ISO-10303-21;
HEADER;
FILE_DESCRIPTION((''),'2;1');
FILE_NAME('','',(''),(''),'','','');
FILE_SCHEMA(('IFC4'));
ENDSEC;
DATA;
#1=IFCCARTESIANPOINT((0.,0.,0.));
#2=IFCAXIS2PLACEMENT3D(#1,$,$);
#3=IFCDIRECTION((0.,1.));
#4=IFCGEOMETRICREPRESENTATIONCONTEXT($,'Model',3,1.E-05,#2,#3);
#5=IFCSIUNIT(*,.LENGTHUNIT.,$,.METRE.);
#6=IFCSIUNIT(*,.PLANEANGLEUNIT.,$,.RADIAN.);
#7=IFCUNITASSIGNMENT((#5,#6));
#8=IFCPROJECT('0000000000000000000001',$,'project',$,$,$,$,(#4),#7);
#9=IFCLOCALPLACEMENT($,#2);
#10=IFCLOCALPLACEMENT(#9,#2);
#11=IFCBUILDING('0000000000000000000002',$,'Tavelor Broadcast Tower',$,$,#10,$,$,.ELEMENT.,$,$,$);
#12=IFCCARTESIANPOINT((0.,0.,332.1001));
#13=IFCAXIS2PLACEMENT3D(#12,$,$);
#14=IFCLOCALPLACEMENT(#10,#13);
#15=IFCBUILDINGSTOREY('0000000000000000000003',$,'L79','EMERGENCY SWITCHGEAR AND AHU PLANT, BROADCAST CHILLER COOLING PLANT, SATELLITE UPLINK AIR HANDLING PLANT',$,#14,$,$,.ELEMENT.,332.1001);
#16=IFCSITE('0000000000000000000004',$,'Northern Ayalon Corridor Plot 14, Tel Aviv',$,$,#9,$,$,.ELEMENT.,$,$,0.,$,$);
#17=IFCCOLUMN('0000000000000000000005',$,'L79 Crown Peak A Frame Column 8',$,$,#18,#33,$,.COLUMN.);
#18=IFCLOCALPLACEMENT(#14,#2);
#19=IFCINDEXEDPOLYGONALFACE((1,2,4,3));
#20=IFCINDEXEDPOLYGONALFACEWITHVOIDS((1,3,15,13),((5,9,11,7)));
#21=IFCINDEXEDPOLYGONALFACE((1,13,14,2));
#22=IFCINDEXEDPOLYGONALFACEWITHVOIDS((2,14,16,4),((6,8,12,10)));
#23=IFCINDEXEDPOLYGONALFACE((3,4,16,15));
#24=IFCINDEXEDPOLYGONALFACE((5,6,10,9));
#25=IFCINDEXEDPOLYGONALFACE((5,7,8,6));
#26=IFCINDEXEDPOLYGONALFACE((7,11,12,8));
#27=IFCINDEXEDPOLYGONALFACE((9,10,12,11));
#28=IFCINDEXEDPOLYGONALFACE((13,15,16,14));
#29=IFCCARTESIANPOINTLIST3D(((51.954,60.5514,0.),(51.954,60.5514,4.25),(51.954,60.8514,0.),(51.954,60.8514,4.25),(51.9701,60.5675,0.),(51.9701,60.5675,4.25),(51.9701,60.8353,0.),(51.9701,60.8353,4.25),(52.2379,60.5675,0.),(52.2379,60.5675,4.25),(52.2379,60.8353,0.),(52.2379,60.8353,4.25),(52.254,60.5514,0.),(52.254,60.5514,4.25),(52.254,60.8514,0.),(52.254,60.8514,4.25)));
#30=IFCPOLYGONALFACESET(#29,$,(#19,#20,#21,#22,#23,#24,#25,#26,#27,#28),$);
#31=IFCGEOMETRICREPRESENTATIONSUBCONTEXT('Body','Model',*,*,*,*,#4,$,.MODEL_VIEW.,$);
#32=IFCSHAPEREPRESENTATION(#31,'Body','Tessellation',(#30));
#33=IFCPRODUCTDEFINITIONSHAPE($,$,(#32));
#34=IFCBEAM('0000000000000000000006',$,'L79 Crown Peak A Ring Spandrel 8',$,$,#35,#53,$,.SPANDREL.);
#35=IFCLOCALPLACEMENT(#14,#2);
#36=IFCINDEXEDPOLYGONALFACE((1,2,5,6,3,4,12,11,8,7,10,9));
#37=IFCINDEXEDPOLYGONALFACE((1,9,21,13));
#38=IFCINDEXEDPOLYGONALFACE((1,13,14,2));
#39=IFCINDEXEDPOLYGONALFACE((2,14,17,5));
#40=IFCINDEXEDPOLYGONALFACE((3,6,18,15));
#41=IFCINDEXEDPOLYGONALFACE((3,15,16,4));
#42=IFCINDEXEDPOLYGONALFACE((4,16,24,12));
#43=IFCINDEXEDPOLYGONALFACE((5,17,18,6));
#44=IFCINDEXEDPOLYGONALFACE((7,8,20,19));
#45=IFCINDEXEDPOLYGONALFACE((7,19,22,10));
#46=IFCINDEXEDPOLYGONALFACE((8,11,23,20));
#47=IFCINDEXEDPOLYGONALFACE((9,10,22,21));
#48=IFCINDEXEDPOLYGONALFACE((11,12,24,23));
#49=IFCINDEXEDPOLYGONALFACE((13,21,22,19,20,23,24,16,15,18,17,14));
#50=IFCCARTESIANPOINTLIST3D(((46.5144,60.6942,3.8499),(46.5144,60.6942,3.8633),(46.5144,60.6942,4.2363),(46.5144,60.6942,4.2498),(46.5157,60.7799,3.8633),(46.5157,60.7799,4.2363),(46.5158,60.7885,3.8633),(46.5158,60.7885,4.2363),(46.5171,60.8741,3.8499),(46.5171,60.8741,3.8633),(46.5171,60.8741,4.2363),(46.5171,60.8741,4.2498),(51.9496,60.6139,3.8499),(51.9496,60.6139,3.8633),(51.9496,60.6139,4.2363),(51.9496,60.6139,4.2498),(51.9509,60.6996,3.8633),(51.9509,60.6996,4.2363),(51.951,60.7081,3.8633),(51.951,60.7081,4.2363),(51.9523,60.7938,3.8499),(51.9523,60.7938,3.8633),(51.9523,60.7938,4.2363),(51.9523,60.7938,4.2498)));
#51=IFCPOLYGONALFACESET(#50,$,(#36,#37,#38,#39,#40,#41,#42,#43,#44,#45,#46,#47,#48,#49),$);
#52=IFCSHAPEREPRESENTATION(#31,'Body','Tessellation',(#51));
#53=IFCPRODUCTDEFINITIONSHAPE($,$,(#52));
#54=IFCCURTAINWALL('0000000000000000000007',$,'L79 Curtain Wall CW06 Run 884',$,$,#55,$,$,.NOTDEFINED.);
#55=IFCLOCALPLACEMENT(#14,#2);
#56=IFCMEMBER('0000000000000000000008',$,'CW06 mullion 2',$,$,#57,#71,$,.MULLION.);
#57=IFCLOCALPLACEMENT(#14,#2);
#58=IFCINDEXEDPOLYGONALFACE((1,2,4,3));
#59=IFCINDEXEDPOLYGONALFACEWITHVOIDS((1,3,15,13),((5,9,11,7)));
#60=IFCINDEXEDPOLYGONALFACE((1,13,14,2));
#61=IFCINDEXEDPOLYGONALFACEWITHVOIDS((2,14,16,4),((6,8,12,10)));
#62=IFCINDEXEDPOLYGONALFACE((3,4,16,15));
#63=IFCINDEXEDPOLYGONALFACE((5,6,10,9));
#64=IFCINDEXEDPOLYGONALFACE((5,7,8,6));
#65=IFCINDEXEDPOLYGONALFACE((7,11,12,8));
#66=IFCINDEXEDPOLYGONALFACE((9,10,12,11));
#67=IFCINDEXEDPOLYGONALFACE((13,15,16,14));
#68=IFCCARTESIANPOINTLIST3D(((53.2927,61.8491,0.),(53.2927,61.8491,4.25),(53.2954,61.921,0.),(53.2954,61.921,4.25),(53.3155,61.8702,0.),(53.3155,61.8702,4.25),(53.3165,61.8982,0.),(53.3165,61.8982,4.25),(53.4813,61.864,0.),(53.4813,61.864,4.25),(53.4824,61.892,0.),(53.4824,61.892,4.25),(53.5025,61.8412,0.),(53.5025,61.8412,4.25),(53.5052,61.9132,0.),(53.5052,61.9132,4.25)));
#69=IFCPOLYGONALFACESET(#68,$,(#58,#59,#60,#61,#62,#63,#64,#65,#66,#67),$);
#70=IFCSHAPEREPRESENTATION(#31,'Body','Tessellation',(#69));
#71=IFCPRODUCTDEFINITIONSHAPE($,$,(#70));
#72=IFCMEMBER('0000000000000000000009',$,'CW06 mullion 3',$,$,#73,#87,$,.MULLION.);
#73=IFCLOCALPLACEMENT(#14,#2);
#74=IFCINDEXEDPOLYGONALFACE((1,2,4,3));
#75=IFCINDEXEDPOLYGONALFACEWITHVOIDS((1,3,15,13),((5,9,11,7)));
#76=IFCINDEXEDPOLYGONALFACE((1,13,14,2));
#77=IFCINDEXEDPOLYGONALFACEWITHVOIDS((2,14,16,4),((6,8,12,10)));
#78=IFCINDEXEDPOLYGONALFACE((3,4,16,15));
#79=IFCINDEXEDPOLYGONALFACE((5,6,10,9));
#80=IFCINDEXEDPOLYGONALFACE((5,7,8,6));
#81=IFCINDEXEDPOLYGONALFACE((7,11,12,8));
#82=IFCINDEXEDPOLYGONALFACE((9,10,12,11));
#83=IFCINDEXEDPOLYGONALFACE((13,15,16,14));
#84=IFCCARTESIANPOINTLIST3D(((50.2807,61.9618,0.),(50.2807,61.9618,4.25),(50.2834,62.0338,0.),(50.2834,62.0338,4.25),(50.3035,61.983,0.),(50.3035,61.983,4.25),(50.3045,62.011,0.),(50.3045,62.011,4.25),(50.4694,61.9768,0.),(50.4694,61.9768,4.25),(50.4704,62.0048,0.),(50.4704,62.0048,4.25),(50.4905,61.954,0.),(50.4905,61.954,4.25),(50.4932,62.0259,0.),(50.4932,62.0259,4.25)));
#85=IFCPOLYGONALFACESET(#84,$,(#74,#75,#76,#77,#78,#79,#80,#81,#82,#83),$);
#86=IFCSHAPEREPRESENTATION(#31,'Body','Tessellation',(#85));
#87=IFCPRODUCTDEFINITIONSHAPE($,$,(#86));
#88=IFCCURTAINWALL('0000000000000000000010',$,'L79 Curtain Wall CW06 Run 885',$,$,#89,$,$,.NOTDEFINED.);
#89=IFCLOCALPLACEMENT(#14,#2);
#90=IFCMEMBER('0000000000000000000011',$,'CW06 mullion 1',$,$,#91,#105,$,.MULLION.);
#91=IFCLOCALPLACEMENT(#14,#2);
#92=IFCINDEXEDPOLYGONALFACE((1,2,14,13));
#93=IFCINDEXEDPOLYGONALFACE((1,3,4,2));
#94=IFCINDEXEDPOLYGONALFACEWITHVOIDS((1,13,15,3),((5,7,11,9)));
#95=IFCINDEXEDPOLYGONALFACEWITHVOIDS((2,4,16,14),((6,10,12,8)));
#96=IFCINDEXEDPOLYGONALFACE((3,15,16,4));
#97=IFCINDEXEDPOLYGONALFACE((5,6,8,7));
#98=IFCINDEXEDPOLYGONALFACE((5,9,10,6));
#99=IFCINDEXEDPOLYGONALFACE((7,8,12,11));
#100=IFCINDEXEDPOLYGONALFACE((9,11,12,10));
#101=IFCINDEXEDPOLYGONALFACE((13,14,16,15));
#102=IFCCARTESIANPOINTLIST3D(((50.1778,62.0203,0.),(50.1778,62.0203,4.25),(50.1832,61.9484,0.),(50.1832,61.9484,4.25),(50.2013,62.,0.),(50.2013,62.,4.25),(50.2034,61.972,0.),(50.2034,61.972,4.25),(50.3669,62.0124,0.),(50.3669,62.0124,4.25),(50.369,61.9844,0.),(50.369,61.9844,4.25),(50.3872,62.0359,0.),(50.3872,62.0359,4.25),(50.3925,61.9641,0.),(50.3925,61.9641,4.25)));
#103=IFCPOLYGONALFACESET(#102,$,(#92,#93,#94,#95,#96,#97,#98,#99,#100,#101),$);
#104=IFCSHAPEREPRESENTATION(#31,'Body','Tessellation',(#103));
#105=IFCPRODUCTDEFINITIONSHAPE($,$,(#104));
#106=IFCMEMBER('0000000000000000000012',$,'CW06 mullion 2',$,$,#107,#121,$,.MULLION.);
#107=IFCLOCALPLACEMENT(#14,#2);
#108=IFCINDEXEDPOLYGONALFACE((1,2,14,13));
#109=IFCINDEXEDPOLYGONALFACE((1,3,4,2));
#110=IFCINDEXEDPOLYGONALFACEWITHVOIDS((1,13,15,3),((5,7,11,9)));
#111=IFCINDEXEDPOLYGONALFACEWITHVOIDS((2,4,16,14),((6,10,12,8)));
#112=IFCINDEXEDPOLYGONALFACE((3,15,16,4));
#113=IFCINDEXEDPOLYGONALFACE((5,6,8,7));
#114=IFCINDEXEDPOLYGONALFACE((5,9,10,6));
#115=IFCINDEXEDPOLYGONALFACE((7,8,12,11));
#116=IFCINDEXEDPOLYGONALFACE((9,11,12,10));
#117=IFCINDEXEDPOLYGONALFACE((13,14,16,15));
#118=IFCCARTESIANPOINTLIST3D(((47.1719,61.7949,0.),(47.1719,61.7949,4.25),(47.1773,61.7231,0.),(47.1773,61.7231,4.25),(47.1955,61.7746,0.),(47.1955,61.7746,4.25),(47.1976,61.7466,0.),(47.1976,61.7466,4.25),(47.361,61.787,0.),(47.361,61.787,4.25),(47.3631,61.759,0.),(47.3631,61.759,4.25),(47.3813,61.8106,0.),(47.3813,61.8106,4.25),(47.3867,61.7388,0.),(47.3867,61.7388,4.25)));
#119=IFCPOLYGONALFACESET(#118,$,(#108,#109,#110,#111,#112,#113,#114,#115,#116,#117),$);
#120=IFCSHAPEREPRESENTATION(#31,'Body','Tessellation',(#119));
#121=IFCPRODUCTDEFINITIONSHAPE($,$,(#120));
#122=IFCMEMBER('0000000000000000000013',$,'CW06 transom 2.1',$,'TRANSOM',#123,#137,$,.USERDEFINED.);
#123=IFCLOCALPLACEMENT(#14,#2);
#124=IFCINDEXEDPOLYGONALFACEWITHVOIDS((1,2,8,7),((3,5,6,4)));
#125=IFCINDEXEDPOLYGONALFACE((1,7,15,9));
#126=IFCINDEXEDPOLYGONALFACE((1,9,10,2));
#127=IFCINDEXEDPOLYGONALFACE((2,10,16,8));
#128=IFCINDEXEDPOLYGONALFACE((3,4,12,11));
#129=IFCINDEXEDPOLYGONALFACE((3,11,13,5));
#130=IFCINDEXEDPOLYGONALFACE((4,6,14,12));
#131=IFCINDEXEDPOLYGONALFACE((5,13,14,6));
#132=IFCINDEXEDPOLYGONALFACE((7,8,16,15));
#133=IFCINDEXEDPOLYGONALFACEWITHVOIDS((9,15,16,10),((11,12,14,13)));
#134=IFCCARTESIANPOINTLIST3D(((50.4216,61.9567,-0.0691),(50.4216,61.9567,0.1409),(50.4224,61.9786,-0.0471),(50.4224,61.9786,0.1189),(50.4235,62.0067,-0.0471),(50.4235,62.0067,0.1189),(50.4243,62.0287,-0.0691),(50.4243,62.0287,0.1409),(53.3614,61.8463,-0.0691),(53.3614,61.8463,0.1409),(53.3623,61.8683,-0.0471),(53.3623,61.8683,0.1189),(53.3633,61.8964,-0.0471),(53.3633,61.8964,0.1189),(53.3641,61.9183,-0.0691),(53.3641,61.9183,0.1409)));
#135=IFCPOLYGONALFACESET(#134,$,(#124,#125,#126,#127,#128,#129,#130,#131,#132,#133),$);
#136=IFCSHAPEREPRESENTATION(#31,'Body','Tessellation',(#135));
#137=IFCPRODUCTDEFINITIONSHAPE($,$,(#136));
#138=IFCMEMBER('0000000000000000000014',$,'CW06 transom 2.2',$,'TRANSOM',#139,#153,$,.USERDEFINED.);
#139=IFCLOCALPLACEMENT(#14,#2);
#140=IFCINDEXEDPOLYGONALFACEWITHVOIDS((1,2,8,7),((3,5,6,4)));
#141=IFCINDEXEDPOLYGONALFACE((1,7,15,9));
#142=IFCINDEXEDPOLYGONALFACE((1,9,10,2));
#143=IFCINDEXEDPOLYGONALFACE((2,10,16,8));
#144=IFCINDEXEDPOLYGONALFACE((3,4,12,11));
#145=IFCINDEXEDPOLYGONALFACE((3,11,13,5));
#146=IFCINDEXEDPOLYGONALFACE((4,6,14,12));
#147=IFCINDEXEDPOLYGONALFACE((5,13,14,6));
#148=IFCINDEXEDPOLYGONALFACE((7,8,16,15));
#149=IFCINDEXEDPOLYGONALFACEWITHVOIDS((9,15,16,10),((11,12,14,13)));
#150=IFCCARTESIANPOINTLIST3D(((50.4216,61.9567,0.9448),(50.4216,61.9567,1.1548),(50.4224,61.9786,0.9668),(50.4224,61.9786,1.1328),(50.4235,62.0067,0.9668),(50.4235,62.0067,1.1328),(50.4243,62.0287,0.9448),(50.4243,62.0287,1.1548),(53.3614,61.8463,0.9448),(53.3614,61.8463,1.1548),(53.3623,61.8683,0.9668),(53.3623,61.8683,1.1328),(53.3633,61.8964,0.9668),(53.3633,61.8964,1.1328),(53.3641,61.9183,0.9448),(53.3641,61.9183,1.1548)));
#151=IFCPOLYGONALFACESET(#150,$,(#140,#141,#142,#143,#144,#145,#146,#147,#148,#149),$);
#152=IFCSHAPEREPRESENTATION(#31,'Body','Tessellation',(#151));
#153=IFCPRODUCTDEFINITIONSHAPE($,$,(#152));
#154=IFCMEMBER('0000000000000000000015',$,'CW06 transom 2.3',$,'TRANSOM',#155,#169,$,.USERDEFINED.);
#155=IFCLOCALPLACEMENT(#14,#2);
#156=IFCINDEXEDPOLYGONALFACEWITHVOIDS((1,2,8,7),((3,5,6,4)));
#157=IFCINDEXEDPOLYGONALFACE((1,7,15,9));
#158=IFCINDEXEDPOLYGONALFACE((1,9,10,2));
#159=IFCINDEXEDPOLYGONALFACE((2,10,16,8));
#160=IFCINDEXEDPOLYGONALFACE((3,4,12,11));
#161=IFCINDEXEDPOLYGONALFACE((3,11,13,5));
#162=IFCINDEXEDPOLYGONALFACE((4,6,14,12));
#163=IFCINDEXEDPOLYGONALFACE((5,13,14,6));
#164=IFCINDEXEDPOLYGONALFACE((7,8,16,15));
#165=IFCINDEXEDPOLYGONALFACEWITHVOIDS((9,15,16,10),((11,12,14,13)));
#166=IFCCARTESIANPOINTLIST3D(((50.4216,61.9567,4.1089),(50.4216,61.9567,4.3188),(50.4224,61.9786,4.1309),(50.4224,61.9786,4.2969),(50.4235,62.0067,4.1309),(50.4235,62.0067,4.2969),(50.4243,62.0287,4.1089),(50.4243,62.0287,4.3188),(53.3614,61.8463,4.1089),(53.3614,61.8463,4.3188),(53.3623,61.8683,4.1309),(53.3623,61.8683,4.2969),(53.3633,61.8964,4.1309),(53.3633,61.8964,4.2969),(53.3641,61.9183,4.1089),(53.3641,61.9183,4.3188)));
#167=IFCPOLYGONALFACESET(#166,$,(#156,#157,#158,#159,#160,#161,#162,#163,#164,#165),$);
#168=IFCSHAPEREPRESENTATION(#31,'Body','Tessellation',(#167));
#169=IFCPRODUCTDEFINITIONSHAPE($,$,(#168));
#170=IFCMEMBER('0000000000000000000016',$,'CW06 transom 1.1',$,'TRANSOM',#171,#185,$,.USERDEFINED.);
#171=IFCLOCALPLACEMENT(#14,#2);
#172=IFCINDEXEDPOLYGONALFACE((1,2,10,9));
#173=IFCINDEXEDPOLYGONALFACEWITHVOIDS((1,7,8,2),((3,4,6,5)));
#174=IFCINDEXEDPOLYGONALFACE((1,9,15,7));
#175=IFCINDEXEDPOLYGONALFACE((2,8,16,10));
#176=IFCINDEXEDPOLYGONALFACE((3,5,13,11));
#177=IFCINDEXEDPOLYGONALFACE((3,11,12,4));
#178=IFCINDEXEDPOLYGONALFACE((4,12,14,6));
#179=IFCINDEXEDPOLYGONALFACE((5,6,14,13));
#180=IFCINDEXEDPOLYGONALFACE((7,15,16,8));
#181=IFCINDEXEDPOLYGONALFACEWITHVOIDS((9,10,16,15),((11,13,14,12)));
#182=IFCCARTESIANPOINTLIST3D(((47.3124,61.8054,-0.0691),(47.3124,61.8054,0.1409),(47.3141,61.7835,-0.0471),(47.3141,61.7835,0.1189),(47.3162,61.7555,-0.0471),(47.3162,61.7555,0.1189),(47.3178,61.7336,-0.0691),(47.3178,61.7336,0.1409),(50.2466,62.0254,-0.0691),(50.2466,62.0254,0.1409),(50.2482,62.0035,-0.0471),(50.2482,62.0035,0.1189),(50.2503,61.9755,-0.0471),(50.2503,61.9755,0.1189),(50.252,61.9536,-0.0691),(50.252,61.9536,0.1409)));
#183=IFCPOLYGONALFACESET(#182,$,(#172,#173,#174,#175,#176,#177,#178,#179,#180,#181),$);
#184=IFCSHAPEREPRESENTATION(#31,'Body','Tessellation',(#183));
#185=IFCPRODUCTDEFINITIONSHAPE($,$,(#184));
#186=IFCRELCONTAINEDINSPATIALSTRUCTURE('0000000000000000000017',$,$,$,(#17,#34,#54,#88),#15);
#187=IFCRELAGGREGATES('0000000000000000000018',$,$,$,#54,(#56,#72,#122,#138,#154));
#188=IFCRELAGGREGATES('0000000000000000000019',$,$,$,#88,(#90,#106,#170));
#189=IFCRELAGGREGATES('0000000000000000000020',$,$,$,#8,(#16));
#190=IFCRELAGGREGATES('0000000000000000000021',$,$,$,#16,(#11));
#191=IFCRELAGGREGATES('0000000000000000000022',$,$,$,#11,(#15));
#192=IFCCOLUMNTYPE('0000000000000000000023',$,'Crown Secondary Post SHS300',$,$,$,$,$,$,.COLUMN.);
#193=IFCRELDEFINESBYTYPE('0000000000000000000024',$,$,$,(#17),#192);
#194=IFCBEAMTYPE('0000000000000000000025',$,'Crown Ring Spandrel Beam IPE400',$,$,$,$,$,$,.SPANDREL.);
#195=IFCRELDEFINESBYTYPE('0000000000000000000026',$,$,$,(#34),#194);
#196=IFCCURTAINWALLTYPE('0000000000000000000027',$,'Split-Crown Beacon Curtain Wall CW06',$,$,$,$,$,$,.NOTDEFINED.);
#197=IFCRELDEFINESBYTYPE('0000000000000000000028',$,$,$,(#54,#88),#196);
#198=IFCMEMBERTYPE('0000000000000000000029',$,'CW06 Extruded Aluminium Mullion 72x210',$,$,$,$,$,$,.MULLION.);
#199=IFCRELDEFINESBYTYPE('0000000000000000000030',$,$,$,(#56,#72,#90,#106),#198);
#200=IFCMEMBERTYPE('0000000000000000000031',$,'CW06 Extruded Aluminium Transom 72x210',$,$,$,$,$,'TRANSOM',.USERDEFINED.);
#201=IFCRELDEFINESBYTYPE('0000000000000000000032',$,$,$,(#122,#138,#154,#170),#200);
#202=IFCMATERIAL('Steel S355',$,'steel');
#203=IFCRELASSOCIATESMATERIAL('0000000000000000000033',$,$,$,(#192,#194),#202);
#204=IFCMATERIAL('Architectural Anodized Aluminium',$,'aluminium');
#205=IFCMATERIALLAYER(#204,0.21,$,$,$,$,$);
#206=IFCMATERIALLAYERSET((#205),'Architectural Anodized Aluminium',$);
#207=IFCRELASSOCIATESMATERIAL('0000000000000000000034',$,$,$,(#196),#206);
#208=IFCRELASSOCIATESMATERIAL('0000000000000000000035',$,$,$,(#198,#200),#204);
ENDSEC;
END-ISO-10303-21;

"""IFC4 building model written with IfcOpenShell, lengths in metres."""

from ifc_helpers import new_model, si_unit, direction, frame, origin, origin_2d, place, context, subcontext, project, spatial, hollow_rectangle, i_section, extrude, source, transform, mapped, material, layer, layer_set, material_profile, profile_set, type_object, type_shapes, element, aggregate, save


model = new_model("IFC4")

# Units and contexts
model_context = context("Model", 3, precision=1e-05, world=origin(), true_north=direction((0.0, 1.0)))
body_context = subcontext(model_context, "Body", "Model", "MODEL_VIEW")
ifc_project = project(units=[si_unit("LENGTHUNIT", "METRE"), si_unit("PLANEANGLEUNIT", "RADIAN")], contexts=[model_context])

# Site, building, storey
site_placement = place(None, origin())
site = spatial("IfcSite", under=ifc_project, at=site_placement, Name="Northern Ayalon Corridor Plot 14, Tel Aviv", CompositionType="ELEMENT", RefElevation=0.0)
building_placement = place(site_placement, origin())
building = spatial("IfcBuilding", under=site, at=building_placement, Name="Tavelor Broadcast Tower", CompositionType="ELEMENT")
storey_placement = place(building_placement, frame((0.0, 0.0, 332.1001)))
storey = spatial("IfcBuildingStorey", under=building, at=storey_placement, Name="L79", Description="EMERGENCY SWITCHGEAR AND AHU PLANT, BROADCAST CHILLER COOLING PLANT, SATELLITE UPLINK AIR HANDLING PLANT", CompositionType="ELEMENT", Elevation=332.1001)

# Column
ifc_material_1 = material(Name="Steel S355", Category="steel")
ifc_material_profile_1 = material_profile(ifc_material_1, hollow_rectangle(XDim=0.3, YDim=0.3, WallThickness=0.0161, at=origin_2d()), Name="SHS 300x300x16")
ifc_profile_set_1 = profile_set([ifc_material_profile_1], Name="Steel S355")
column_type = type_object("IfcColumnType", Name="Crown Secondary Post SHS300", PredefinedType="COLUMN", material=ifc_profile_set_1)
column_placement = place(storey_placement, frame((52.104, 60.7014, 0.0), z_axis=(0.0, 0.0, 1.0), x_axis=(1.0, 0.0, 0.0)))
element("IfcColumn", 1, at=column_placement, inside=storey, type_object=column_type, Name="L79 Crown Peak A Frame Column 8", PredefinedType="COLUMN", context=body_context, shape_type="SweptSolid", body=[
    extrude(hollow_rectangle(XDim=0.3, YDim=0.3, WallThickness=0.0161, at=origin_2d()), origin(), (0.0, 0.0, 1.0), 4.25),
])

# Beam
ifc_material_profile_2 = material_profile(ifc_material_1, i_section(OverallWidth=0.1799, OverallDepth=0.3999, WebThickness=0.0085, FlangeThickness=0.0134, at=origin_2d()), Name="IPE 400")
ifc_profile_set_2 = profile_set([ifc_material_profile_2], Name="Steel S355")
beam_type = type_object("IfcBeamType", Name="Crown Ring Spandrel Beam IPE400", PredefinedType="SPANDREL", material=ifc_profile_set_2)
beam_placement = place(storey_placement, frame((51.9509, 60.7039, 4.0498), z_axis=(-0.999891, 0.014776, 0.0), x_axis=(-0.014776, -0.999891, 0.0)))
element("IfcBeam", 2, at=beam_placement, inside=storey, type_object=beam_type, Name="L79 Crown Peak A Ring Spandrel 8", PredefinedType="SPANDREL", context=body_context, shape_type="SweptSolid", body=[
    extrude(i_section(OverallWidth=0.1799, OverallDepth=0.3999, WebThickness=0.0085, FlangeThickness=0.0134, at=origin_2d()), origin(), (0.0, 0.0, 1.0), 5.4358),
])

# Curtain walls, members
ifc_material_2 = material(Name="Architectural Anodized Aluminium", Category="aluminium")
ifc_layer_1 = layer(ifc_material_2, 0.21)
ifc_layer_set_1 = layer_set([ifc_layer_1], Name="Architectural Anodized Aluminium")
curtain_wall_type = type_object("IfcCurtainWallType", Name="Split-Crown Beacon Curtain Wall CW06", PredefinedType="NOTDEFINED", material=ifc_layer_set_1)
curtain_wall_1_placement = place(storey_placement, origin())
curtain_wall_1 = element("IfcCurtainWall", 3, at=curtain_wall_1_placement, inside=storey, type_object=curtain_wall_type, Name="L79 Curtain Wall CW06 Run 884", PredefinedType="NOTDEFINED")
ifc_material_profile_3 = material_profile(ifc_material_2, hollow_rectangle(XDim=0.072, YDim=0.21, WallThickness=0.022, at=origin_2d()), Name="RHS 72x210x22")
ifc_profile_set_3 = profile_set([ifc_material_profile_3], Name="Architectural Anodized Aluminium")
member_type_1 = type_object("IfcMemberType", Name="CW06 Extruded Aluminium Mullion 72x210", PredefinedType="MULLION", material=ifc_profile_set_3)
shared_shape_1 = source(origin(), body_context, "Body", "SweptSolid", [
    extrude(hollow_rectangle(XDim=0.072, YDim=0.21, WallThickness=0.022, at=origin_2d()), origin(), (0.0, 0.0, 1.0), 4.25),
])
type_shapes(member_type_1, [shared_shape_1])
member_1_placement = place(storey_placement, frame((53.3989, 61.8811, 0.0), z_axis=(0.0, 0.0, 1.0), x_axis=(-0.037458, -0.999298, 0.0)))
member_1 = element("IfcMember", 4, at=member_1_placement, type_object=member_type_1, Name="CW06 mullion 2", PredefinedType="MULLION", context=body_context, shape_type="MappedRepresentation", body=[
    mapped(shared_shape_1, transform((0.0, 0.0, 0.0), scale=1.0)),
])
member_2_placement = place(storey_placement, frame((50.387, 61.9939, 0.0), z_axis=(0.0, 0.0, 1.0), x_axis=(-0.037458, -0.999298, 0.0)))
member_2 = element("IfcMember", 5, at=member_2_placement, type_object=member_type_1, Name="CW06 mullion 3", PredefinedType="MULLION", context=body_context, shape_type="MappedRepresentation", body=[
    mapped(shared_shape_1, transform((0.0, 0.0, 0.0), scale=1.0)),
])
curtain_wall_2_placement = place(storey_placement, origin())
curtain_wall_2 = element("IfcCurtainWall", 6, at=curtain_wall_2_placement, inside=storey, type_object=curtain_wall_type, Name="L79 Curtain Wall CW06 Run 885", PredefinedType="NOTDEFINED")
member_3_placement = place(storey_placement, frame((50.2852, 61.9922, 0.0), z_axis=(0.0, 0.0, 1.0), x_axis=(0.074701, -0.997206, 0.0)))
member_3 = element("IfcMember", 7, at=member_3_placement, type_object=member_type_1, Name="CW06 mullion 1", PredefinedType="MULLION", context=body_context, shape_type="MappedRepresentation", body=[
    mapped(shared_shape_1, transform((0.0, 0.0, 0.0), scale=1.0)),
])
member_4_placement = place(storey_placement, frame((47.2793, 61.7668, 0.0), z_axis=(0.0, 0.0, 1.0), x_axis=(0.074701, -0.997206, 0.0)))
member_4 = element("IfcMember", 8, at=member_4_placement, type_object=member_type_1, Name="CW06 mullion 2", PredefinedType="MULLION", context=body_context, shape_type="MappedRepresentation", body=[
    mapped(shared_shape_1, transform((0.0, 0.0, 0.0), scale=1.0)),
])

# Members
ifc_material_profile_4 = material_profile(ifc_material_2, hollow_rectangle(XDim=0.072, YDim=0.21, WallThickness=0.022, at=origin_2d()), Name="RHS 72x210x22")
ifc_profile_set_4 = profile_set([ifc_material_profile_4], Name="Architectural Anodized Aluminium")
member_type_2 = type_object("IfcMemberType", Name="CW06 Extruded Aluminium Transom 72x210", ElementType="TRANSOM", PredefinedType="USERDEFINED", material=ifc_profile_set_4)
shared_shape_2 = source(origin(), body_context, "Body", "SweptSolid", [
    extrude(hollow_rectangle(XDim=0.072, YDim=0.21, WallThickness=0.022, at=origin_2d()), origin(), (0.0, 0.0, 1.0), 2.9419),
])
member_5_placement = place(storey_placement, frame((53.3628, 61.8823, 0.0359), z_axis=(-0.999296, 0.037509, 0.0), x_axis=(-0.037509, -0.999296, 0.0)))
member_5 = element("IfcMember", 9, at=member_5_placement, type_object=member_type_2, Name="CW06 transom 2.1", ObjectType="TRANSOM", PredefinedType="USERDEFINED", context=body_context, shape_type="MappedRepresentation", body=[
    mapped(shared_shape_2, transform((0.0, 0.0, 0.0), scale=1.0)),
])
member_6_placement = place(storey_placement, frame((53.3628, 61.8823, 1.0498), z_axis=(-0.999296, 0.037509, 0.0), x_axis=(-0.037509, -0.999296, 0.0)))
member_6 = element("IfcMember", 10, at=member_6_placement, type_object=member_type_2, Name="CW06 transom 2.2", ObjectType="TRANSOM", PredefinedType="USERDEFINED", context=body_context, shape_type="MappedRepresentation", body=[
    mapped(shared_shape_2, transform((0.0, 0.0, 0.0), scale=1.0)),
])
member_7_placement = place(storey_placement, frame((53.3628, 61.8823, 4.2139), z_axis=(-0.999296, 0.037509, 0.0), x_axis=(-0.037509, -0.999296, 0.0)))
member_7 = element("IfcMember", 11, at=member_7_placement, type_object=member_type_2, Name="CW06 transom 2.3", ObjectType="TRANSOM", PredefinedType="USERDEFINED", context=body_context, shape_type="MappedRepresentation", body=[
    mapped(shared_shape_2, transform((0.0, 0.0, 0.0), scale=1.0)),
])
shared_shape_3 = source(origin(), body_context, "Body", "SweptSolid", [
    extrude(hollow_rectangle(XDim=0.072, YDim=0.21, WallThickness=0.022, at=origin_2d()), origin(), (0.0, 0.0, 1.0), 2.9424),
])
type_shapes(member_type_2, [shared_shape_2, shared_shape_3])
member_8_placement = place(storey_placement, frame((50.2493, 61.9895, 0.0359), z_axis=(-0.997201, -0.074761, 0.0), x_axis=(0.074761, -0.997201, 0.0)))
member_8 = element("IfcMember", 12, at=member_8_placement, type_object=member_type_2, Name="CW06 transom 1.1", ObjectType="TRANSOM", PredefinedType="USERDEFINED", context=body_context, shape_type="MappedRepresentation", body=[
    mapped(shared_shape_3, transform((0.0, 0.0, 0.0), scale=1.0)),
])

aggregate(curtain_wall_1, [member_1, member_2, member_5, member_6, member_7])
aggregate(curtain_wall_2, [member_3, member_4, member_8])

save(model, "model.ifc")
